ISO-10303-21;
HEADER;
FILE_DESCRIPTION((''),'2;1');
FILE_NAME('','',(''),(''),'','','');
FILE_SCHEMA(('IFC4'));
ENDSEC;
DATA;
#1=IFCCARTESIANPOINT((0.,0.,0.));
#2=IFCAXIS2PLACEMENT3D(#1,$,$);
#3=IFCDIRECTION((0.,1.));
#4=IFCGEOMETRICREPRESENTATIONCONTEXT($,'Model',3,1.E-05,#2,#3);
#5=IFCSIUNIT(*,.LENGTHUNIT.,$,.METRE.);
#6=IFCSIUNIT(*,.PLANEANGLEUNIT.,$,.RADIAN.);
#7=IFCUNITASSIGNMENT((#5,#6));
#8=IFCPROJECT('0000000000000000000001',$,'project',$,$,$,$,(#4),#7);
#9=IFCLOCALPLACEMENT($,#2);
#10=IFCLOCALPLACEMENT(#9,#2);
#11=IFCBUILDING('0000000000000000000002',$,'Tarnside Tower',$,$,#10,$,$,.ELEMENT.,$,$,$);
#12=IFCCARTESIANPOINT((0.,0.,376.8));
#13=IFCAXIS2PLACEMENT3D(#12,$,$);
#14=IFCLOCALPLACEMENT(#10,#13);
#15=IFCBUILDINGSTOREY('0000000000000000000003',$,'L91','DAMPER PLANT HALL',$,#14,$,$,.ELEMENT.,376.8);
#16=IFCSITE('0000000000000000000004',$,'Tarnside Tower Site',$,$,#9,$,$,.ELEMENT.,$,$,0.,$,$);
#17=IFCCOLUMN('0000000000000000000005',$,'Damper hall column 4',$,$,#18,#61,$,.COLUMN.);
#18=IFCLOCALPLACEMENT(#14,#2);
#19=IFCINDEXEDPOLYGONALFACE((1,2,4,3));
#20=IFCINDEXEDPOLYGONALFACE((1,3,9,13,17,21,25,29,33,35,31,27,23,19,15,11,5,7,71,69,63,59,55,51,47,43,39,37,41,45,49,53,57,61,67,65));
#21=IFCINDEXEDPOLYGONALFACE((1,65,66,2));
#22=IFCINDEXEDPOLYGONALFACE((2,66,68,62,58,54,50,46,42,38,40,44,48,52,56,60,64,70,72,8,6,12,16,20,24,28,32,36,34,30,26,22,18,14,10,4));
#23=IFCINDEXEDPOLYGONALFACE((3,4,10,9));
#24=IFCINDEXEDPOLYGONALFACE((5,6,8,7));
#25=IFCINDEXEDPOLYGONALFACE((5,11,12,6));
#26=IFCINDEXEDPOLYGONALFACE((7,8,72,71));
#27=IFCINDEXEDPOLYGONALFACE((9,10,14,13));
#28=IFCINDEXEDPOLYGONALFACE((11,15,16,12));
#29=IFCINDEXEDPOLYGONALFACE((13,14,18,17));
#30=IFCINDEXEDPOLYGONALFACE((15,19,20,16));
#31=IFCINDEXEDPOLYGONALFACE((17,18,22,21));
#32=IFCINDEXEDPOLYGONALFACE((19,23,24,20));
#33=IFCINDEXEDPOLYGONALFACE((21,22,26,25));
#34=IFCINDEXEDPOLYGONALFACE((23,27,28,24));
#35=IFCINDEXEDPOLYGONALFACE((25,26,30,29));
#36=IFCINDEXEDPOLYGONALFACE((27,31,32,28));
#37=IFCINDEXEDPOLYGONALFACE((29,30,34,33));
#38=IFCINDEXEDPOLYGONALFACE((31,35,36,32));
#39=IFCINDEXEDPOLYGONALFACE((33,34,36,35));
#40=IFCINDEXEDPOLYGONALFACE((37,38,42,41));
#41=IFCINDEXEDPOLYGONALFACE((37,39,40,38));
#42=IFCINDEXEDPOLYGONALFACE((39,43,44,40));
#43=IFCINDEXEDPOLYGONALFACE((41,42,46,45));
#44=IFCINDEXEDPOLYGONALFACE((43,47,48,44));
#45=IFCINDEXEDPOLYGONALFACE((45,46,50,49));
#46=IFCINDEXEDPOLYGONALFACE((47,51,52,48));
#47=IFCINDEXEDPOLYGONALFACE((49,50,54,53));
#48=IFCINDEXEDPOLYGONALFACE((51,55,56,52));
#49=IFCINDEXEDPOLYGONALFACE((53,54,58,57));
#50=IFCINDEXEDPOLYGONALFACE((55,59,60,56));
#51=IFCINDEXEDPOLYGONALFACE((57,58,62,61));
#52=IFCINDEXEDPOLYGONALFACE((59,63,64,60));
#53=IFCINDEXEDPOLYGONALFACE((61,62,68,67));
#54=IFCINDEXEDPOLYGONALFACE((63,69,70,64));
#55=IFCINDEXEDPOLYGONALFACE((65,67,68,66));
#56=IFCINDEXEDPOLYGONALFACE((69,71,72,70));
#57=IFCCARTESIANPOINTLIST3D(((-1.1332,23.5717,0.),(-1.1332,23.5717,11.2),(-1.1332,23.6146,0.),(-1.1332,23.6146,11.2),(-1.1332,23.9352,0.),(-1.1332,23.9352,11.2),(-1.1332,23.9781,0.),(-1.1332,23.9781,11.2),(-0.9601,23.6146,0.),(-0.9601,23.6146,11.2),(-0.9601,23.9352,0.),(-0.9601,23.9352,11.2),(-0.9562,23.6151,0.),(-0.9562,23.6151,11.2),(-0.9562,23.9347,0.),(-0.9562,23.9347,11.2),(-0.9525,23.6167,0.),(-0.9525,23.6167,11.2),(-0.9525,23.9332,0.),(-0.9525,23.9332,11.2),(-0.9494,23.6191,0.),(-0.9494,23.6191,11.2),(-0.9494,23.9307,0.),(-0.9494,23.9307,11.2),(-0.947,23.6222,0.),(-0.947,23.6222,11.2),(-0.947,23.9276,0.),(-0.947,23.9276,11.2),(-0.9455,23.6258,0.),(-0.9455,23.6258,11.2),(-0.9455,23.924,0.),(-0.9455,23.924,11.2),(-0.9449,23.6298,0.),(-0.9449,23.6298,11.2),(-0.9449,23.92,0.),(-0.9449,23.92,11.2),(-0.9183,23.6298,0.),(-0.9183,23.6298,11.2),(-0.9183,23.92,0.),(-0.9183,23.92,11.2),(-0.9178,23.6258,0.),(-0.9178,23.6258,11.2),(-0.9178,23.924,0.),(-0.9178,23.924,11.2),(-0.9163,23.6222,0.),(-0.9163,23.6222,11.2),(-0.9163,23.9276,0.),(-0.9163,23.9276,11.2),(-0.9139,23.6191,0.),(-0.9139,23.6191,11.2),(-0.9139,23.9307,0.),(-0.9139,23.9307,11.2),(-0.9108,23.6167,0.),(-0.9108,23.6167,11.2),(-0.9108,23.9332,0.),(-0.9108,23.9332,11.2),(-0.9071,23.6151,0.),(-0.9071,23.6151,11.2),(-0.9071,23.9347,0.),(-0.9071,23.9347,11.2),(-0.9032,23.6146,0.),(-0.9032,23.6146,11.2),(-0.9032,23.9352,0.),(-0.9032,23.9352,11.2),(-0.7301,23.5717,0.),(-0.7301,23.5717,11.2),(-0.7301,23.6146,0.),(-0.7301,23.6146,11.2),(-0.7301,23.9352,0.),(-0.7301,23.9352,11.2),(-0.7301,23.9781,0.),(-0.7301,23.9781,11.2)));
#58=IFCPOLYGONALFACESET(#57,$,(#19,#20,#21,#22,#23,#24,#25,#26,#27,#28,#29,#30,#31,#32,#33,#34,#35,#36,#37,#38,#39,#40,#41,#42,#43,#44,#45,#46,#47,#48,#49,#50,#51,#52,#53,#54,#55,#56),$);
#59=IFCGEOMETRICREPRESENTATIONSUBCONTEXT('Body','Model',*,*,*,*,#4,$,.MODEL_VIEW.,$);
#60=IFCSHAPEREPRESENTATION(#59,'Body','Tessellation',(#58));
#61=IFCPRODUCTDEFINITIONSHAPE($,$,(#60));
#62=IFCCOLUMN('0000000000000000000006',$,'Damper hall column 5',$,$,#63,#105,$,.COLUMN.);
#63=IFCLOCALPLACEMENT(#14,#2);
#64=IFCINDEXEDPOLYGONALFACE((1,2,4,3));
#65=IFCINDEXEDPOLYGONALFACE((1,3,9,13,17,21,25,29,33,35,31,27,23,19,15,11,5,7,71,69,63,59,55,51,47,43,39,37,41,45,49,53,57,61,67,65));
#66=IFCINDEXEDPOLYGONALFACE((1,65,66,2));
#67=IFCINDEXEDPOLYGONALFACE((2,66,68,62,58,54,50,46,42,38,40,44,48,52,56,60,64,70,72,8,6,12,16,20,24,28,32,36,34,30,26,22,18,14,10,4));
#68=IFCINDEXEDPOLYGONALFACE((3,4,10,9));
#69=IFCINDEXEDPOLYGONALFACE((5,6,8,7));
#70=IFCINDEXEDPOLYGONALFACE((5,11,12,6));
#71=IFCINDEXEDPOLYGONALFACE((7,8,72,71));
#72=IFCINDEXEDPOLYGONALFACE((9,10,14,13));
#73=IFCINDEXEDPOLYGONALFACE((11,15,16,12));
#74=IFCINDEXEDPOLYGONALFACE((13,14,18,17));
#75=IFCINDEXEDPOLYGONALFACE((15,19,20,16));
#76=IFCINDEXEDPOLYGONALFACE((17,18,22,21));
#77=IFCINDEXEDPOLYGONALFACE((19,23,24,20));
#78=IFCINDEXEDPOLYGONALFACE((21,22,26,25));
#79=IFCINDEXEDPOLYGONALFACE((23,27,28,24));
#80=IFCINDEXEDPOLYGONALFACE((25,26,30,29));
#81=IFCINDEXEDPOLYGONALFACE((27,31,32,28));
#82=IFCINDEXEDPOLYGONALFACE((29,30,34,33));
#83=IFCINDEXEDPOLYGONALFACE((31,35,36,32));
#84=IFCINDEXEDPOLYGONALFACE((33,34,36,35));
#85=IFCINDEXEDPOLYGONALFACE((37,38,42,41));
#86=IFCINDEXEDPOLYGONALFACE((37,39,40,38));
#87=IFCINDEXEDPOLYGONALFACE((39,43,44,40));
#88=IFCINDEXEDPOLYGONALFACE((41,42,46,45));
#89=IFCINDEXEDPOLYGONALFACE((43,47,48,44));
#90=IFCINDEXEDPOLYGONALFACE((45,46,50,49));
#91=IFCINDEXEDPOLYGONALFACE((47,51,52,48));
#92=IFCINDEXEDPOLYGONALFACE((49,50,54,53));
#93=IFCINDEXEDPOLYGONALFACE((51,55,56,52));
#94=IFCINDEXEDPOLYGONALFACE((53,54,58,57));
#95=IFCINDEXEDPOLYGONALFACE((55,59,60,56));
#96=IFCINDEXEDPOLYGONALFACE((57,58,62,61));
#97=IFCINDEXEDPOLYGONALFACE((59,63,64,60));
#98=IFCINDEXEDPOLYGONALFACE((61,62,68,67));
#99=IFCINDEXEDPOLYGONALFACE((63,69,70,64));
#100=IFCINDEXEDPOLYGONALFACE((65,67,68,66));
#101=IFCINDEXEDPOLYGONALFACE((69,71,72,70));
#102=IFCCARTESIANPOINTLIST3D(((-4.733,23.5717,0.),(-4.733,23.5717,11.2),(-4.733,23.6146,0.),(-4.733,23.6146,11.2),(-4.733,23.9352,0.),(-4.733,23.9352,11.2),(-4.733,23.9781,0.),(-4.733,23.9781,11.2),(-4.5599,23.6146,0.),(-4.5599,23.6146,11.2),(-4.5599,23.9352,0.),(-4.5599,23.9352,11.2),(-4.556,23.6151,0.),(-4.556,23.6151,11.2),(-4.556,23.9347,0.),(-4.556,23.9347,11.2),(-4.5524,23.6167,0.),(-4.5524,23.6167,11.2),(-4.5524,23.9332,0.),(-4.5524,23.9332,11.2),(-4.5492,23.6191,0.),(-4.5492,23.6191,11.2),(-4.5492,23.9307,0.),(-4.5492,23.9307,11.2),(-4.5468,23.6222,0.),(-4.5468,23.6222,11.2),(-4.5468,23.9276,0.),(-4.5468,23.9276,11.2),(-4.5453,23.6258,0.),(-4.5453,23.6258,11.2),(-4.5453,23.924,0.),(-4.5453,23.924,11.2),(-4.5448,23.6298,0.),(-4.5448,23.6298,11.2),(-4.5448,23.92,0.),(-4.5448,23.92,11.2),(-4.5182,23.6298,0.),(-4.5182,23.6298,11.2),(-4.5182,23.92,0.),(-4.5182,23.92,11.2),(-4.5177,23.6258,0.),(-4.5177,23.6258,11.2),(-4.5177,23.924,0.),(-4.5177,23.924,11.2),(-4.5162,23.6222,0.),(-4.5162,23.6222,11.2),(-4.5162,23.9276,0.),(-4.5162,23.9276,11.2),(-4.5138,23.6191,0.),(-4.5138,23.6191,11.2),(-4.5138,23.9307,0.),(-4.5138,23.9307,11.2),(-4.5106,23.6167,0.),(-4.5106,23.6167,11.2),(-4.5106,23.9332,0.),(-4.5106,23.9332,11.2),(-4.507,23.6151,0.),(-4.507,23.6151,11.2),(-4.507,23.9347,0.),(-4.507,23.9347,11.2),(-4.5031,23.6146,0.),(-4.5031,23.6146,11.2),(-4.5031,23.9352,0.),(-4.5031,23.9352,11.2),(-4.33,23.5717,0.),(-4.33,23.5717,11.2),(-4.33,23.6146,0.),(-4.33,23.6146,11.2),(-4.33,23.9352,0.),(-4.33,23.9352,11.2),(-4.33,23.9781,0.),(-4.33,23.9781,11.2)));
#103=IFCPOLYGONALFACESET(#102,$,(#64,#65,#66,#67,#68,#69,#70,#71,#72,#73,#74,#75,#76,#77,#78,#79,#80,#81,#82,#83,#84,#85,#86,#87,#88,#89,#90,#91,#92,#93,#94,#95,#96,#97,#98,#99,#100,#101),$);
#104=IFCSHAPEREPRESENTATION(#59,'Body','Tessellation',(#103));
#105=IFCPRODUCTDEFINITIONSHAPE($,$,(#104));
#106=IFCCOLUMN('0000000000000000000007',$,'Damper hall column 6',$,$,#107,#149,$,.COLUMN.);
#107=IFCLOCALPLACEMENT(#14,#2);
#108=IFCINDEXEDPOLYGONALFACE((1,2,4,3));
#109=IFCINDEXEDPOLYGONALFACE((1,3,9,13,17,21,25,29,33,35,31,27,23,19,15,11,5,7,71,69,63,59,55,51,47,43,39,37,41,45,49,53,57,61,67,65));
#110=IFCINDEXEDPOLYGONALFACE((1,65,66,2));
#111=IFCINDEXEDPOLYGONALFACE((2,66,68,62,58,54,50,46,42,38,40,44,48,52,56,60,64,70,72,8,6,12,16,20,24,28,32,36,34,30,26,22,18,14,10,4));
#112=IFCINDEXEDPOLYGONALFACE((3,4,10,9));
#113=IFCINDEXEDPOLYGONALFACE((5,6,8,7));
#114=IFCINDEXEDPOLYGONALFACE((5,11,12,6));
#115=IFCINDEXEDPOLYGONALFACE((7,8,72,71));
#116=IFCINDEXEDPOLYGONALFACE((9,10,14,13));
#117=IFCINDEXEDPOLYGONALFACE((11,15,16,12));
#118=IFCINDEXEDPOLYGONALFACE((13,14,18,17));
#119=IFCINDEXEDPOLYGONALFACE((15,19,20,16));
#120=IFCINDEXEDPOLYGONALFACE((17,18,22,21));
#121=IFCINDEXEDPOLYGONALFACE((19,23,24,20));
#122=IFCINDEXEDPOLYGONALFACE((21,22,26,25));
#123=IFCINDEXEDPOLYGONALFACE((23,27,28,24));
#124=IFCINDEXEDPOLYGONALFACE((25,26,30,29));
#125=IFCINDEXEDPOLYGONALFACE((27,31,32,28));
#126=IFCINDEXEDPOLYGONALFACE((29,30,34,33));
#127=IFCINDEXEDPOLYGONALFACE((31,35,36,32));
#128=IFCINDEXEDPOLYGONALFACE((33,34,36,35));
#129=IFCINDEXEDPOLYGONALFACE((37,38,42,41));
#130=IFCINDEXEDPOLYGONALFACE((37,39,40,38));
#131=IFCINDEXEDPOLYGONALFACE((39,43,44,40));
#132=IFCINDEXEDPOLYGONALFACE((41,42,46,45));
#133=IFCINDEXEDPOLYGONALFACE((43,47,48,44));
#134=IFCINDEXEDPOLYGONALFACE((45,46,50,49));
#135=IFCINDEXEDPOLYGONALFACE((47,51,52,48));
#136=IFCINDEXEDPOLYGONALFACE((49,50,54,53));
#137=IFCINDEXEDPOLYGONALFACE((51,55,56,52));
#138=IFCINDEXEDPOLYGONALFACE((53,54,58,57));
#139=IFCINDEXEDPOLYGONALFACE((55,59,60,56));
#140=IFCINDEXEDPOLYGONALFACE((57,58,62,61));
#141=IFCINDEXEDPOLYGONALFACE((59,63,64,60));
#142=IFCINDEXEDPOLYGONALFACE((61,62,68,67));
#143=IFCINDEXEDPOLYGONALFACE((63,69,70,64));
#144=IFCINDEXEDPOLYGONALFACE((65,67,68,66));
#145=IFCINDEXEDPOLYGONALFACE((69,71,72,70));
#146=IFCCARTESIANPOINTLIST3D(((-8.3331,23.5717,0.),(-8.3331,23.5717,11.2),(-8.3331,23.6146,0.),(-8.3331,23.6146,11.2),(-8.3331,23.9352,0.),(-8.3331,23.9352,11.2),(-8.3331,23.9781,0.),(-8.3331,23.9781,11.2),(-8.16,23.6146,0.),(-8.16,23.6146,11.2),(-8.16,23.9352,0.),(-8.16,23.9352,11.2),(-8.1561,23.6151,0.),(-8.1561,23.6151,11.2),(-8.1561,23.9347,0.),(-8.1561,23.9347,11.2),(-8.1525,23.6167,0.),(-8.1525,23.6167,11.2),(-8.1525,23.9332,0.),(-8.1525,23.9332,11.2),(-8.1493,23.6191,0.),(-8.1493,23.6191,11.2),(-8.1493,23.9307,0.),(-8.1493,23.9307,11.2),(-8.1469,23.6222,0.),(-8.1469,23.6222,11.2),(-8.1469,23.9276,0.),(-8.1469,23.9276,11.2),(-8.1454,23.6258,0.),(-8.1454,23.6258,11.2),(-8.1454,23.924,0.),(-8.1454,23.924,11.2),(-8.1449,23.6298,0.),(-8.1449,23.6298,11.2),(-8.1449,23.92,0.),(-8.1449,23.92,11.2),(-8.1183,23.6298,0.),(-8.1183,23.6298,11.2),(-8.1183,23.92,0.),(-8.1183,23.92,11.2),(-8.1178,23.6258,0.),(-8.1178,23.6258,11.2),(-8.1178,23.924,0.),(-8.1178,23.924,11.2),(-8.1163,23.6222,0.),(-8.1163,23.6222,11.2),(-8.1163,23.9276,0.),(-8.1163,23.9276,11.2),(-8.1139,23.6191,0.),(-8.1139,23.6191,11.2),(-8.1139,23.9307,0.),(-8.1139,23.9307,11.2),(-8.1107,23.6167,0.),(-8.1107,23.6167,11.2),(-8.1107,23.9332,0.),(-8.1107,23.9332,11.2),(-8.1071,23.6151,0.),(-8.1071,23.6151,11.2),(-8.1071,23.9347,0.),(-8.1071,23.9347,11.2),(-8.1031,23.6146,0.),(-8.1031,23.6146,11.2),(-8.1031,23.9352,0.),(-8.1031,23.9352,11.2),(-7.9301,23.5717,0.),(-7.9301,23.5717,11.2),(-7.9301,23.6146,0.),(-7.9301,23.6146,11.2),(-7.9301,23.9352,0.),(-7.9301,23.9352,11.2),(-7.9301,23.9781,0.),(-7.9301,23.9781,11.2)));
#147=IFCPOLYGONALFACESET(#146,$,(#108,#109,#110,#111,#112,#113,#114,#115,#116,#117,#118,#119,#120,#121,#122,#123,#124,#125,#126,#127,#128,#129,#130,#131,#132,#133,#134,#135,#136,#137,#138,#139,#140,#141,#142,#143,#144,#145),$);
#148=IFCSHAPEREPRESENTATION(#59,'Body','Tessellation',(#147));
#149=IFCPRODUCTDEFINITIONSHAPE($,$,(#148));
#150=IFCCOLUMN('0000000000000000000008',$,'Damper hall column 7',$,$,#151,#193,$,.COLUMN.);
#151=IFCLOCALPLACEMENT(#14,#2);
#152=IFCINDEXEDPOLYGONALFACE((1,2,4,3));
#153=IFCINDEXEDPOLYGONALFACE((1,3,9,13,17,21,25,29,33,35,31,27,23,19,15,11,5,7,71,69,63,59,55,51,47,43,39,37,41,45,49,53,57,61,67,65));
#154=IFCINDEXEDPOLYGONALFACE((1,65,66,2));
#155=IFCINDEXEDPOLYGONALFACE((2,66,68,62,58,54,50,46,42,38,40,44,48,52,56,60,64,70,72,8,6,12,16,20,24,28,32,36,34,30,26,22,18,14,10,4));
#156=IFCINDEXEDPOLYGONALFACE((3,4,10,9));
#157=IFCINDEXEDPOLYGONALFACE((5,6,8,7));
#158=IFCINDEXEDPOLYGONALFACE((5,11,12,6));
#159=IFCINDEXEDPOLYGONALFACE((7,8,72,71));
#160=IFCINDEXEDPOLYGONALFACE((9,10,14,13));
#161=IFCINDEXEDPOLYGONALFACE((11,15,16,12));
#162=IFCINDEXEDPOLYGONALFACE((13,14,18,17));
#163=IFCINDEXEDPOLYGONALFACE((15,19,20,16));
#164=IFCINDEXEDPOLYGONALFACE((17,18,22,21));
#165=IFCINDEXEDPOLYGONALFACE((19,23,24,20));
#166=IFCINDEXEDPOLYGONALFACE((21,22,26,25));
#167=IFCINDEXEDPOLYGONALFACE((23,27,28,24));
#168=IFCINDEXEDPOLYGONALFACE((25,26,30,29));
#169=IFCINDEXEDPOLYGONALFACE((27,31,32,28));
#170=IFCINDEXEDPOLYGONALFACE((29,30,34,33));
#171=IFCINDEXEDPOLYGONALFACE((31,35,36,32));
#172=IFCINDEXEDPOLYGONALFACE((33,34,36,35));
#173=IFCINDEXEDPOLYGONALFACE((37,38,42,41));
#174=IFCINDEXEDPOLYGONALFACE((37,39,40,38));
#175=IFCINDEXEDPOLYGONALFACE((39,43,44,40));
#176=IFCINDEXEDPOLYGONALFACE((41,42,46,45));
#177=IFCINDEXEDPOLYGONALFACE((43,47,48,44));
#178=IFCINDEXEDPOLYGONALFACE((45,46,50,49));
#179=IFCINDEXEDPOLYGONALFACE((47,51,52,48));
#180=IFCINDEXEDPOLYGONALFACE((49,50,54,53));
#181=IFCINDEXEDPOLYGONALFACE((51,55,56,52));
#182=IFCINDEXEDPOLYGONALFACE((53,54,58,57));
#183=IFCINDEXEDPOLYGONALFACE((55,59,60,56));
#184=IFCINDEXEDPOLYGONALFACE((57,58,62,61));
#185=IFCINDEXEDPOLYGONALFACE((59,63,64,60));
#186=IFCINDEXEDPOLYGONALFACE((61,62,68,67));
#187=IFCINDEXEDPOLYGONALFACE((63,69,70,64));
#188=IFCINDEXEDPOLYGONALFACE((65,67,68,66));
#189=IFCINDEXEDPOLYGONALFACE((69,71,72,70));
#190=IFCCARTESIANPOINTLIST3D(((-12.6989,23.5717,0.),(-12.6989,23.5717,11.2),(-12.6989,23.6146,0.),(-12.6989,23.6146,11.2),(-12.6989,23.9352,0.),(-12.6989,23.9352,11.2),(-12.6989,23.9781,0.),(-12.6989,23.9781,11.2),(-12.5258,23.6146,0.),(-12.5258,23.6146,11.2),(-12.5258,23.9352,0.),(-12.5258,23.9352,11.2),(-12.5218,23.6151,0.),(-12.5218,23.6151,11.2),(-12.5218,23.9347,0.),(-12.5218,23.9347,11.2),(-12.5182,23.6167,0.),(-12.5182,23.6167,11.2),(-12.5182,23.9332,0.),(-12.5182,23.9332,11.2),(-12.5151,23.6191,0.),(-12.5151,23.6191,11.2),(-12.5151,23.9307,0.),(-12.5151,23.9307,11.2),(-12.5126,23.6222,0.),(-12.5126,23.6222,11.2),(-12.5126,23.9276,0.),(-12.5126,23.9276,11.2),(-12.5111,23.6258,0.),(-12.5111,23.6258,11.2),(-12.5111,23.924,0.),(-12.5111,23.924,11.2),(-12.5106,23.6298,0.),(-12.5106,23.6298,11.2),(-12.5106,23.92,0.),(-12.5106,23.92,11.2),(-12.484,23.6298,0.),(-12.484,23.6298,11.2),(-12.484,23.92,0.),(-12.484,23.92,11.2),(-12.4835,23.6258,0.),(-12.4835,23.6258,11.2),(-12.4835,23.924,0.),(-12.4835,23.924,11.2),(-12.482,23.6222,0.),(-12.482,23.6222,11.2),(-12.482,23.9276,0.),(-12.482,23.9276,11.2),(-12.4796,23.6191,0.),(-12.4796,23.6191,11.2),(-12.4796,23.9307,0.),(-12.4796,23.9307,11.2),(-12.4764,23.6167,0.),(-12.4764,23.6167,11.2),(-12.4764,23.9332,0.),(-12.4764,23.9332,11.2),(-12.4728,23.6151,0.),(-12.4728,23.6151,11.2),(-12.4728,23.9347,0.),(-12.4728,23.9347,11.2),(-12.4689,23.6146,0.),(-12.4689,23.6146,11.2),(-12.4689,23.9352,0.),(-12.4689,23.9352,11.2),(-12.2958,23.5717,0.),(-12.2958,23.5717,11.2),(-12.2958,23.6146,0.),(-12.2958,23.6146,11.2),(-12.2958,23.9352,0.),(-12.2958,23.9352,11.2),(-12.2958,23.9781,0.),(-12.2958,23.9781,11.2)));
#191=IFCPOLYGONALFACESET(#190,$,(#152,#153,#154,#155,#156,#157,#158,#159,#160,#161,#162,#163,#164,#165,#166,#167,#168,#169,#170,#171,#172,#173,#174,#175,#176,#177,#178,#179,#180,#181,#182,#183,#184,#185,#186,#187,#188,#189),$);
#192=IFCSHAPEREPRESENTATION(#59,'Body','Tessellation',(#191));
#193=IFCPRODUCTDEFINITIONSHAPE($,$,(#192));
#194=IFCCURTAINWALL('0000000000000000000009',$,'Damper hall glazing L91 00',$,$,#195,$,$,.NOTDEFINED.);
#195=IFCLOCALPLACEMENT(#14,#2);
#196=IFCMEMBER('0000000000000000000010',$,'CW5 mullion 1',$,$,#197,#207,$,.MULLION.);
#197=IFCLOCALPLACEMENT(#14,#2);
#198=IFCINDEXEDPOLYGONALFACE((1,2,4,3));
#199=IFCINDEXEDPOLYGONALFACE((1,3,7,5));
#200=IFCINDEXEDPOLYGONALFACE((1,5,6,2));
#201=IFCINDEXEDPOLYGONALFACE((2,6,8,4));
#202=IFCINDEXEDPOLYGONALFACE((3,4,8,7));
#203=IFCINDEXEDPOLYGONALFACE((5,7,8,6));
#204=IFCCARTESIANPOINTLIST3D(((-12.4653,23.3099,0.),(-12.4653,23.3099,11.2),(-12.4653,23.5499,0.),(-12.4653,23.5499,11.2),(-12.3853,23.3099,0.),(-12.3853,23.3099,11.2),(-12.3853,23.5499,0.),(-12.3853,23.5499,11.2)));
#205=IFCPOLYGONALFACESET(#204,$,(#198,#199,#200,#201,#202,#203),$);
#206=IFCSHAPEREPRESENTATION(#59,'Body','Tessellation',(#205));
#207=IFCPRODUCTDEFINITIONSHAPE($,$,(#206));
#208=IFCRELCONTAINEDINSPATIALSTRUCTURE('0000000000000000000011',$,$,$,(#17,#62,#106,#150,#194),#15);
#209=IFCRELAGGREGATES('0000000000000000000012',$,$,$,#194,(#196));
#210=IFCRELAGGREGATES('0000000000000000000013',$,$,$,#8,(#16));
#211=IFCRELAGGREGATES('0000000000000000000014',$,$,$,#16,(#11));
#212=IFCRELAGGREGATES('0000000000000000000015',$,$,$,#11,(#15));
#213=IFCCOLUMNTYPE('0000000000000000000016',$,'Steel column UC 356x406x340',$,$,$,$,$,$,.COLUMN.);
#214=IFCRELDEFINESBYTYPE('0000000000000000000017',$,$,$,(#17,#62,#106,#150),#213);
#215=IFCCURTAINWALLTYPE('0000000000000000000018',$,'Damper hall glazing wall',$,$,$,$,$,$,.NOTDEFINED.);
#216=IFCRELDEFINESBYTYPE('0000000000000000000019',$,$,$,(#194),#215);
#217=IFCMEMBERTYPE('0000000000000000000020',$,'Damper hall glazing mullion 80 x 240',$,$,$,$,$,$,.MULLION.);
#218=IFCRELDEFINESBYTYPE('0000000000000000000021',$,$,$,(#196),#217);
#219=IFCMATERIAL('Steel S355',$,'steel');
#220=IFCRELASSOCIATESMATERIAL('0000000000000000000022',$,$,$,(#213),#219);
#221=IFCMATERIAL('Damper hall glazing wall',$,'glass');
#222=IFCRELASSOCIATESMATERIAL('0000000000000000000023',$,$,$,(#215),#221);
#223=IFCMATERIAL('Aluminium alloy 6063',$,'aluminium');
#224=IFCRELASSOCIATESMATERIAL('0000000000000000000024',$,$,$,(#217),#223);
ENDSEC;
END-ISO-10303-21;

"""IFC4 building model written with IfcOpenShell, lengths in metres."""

from ifc_helpers import new_model, si_unit, direction, frame, origin, origin_2d, place, context, subcontext, project, spatial, rectangle, i_section, extrude, material, material_profile, profile_set, type_object, element, aggregate, save


model = new_model("IFC4")

# Units and contexts
model_context = context("Model", 3, precision=1e-05, world=origin(), true_north=direction((0.0, 1.0)))
body_context = subcontext(model_context, "Body", "Model", "MODEL_VIEW")
ifc_project = project(units=[si_unit("LENGTHUNIT", "METRE"), si_unit("PLANEANGLEUNIT", "RADIAN")], contexts=[model_context])

# Site, building, storey
site_placement = place(None, origin())
site = spatial("IfcSite", under=ifc_project, at=site_placement, Name="Tarnside Tower Site", CompositionType="ELEMENT", RefElevation=0.0)
building_placement = place(site_placement, origin())
building = spatial("IfcBuilding", under=site, at=building_placement, Name="Tarnside Tower", CompositionType="ELEMENT")
storey_placement = place(building_placement, frame((0.0, 0.0, 376.8)))
storey = spatial("IfcBuildingStorey", under=building, at=storey_placement, Name="L91", Description="DAMPER PLANT HALL", CompositionType="ELEMENT", Elevation=376.8)

# Columns
ifc_material_1 = material(Name="Steel S355", Category="steel")
ifc_material_profile_1 = material_profile(ifc_material_1, i_section(OverallWidth=0.4031, OverallDepth=0.4065, WebThickness=0.0266, FlangeThickness=0.043, FilletRadius=0.0151, at=origin_2d()), Name="UC 356x406x340")
ifc_profile_set_1 = profile_set([ifc_material_profile_1], Name="Steel S355")
column_type = type_object("IfcColumnType", Name="Steel column UC 356x406x340", PredefinedType="COLUMN", material=ifc_profile_set_1)
for number, where, z_axis, x_axis, name in (
    (1, (-0.9316, 23.7749, 0.0), (0.0, 0.0, 1.0), (1.0, 0.0, 0.0), "Damper hall column 4"),
    (2, (-4.5315, 23.7749, 0.0), (0.0, 0.0, 1.0), (1.0, 0.0, 0.0), "Damper hall column 5"),
    (3, (-8.1316, 23.7749, 0.0), (0.0, 0.0, 1.0), (1.0, 0.0, 0.0), "Damper hall column 6"),
    (4, (-12.4973, 23.7749, 0.0), (0.0, 0.0, 1.0), (1.0, 0.0, 0.0), "Damper hall column 7"),
):
    element("IfcColumn", number, at=place(storey_placement, frame(where, z_axis=z_axis, x_axis=x_axis)), inside=storey, type_object=column_type, Name=name, PredefinedType="COLUMN", context=body_context, shape_type="SweptSolid", body=[
        extrude(i_section(OverallWidth=0.4031, OverallDepth=0.4065, WebThickness=0.0266, FlangeThickness=0.043, FilletRadius=0.0151, at=origin_2d()), origin(), (0.0, 0.0, 1.0), 11.2),
    ])

# Curtain wall, member
ifc_material_2 = material(Name="Damper hall glazing wall", Category="glass")
curtain_wall_type = type_object("IfcCurtainWallType", Name="Damper hall glazing wall", PredefinedType="NOTDEFINED", material=ifc_material_2)
curtain_wall_1_placement = place(storey_placement, origin())
curtain_wall_1 = element("IfcCurtainWall", 5, at=curtain_wall_1_placement, inside=storey, type_object=curtain_wall_type, Name="Damper hall glazing L91 00", PredefinedType="NOTDEFINED")
ifc_material_3 = material(Name="Aluminium alloy 6063", Category="aluminium")
ifc_material_profile_2 = material_profile(ifc_material_3, rectangle(XDim=0.24, YDim=0.0801, at=origin_2d()), Name="Damper hall glazing mullion 80 x 240")
ifc_profile_set_2 = profile_set([ifc_material_profile_2], Name="Aluminium alloy 6063")
member_type_1 = type_object("IfcMemberType", Name="Damper hall glazing mullion 80 x 240", PredefinedType="MULLION", material=ifc_profile_set_2)
member_1_placement = place(storey_placement, frame((-12.4253, 23.4299, 0.0), z_axis=(0.0, 0.0, 1.0), x_axis=(0.0, 1.0, 0.0)))
member_1 = element("IfcMember", 6, at=member_1_placement, type_object=member_type_1, Name="CW5 mullion 1", PredefinedType="MULLION", context=body_context, shape_type="SweptSolid", body=[
    extrude(rectangle(XDim=0.24, YDim=0.0801, at=origin_2d()), origin(), (0.0, 0.0, 1.0), 11.2),
])

aggregate(curtain_wall_1, [member_1])

save(model, "model.ifc")
